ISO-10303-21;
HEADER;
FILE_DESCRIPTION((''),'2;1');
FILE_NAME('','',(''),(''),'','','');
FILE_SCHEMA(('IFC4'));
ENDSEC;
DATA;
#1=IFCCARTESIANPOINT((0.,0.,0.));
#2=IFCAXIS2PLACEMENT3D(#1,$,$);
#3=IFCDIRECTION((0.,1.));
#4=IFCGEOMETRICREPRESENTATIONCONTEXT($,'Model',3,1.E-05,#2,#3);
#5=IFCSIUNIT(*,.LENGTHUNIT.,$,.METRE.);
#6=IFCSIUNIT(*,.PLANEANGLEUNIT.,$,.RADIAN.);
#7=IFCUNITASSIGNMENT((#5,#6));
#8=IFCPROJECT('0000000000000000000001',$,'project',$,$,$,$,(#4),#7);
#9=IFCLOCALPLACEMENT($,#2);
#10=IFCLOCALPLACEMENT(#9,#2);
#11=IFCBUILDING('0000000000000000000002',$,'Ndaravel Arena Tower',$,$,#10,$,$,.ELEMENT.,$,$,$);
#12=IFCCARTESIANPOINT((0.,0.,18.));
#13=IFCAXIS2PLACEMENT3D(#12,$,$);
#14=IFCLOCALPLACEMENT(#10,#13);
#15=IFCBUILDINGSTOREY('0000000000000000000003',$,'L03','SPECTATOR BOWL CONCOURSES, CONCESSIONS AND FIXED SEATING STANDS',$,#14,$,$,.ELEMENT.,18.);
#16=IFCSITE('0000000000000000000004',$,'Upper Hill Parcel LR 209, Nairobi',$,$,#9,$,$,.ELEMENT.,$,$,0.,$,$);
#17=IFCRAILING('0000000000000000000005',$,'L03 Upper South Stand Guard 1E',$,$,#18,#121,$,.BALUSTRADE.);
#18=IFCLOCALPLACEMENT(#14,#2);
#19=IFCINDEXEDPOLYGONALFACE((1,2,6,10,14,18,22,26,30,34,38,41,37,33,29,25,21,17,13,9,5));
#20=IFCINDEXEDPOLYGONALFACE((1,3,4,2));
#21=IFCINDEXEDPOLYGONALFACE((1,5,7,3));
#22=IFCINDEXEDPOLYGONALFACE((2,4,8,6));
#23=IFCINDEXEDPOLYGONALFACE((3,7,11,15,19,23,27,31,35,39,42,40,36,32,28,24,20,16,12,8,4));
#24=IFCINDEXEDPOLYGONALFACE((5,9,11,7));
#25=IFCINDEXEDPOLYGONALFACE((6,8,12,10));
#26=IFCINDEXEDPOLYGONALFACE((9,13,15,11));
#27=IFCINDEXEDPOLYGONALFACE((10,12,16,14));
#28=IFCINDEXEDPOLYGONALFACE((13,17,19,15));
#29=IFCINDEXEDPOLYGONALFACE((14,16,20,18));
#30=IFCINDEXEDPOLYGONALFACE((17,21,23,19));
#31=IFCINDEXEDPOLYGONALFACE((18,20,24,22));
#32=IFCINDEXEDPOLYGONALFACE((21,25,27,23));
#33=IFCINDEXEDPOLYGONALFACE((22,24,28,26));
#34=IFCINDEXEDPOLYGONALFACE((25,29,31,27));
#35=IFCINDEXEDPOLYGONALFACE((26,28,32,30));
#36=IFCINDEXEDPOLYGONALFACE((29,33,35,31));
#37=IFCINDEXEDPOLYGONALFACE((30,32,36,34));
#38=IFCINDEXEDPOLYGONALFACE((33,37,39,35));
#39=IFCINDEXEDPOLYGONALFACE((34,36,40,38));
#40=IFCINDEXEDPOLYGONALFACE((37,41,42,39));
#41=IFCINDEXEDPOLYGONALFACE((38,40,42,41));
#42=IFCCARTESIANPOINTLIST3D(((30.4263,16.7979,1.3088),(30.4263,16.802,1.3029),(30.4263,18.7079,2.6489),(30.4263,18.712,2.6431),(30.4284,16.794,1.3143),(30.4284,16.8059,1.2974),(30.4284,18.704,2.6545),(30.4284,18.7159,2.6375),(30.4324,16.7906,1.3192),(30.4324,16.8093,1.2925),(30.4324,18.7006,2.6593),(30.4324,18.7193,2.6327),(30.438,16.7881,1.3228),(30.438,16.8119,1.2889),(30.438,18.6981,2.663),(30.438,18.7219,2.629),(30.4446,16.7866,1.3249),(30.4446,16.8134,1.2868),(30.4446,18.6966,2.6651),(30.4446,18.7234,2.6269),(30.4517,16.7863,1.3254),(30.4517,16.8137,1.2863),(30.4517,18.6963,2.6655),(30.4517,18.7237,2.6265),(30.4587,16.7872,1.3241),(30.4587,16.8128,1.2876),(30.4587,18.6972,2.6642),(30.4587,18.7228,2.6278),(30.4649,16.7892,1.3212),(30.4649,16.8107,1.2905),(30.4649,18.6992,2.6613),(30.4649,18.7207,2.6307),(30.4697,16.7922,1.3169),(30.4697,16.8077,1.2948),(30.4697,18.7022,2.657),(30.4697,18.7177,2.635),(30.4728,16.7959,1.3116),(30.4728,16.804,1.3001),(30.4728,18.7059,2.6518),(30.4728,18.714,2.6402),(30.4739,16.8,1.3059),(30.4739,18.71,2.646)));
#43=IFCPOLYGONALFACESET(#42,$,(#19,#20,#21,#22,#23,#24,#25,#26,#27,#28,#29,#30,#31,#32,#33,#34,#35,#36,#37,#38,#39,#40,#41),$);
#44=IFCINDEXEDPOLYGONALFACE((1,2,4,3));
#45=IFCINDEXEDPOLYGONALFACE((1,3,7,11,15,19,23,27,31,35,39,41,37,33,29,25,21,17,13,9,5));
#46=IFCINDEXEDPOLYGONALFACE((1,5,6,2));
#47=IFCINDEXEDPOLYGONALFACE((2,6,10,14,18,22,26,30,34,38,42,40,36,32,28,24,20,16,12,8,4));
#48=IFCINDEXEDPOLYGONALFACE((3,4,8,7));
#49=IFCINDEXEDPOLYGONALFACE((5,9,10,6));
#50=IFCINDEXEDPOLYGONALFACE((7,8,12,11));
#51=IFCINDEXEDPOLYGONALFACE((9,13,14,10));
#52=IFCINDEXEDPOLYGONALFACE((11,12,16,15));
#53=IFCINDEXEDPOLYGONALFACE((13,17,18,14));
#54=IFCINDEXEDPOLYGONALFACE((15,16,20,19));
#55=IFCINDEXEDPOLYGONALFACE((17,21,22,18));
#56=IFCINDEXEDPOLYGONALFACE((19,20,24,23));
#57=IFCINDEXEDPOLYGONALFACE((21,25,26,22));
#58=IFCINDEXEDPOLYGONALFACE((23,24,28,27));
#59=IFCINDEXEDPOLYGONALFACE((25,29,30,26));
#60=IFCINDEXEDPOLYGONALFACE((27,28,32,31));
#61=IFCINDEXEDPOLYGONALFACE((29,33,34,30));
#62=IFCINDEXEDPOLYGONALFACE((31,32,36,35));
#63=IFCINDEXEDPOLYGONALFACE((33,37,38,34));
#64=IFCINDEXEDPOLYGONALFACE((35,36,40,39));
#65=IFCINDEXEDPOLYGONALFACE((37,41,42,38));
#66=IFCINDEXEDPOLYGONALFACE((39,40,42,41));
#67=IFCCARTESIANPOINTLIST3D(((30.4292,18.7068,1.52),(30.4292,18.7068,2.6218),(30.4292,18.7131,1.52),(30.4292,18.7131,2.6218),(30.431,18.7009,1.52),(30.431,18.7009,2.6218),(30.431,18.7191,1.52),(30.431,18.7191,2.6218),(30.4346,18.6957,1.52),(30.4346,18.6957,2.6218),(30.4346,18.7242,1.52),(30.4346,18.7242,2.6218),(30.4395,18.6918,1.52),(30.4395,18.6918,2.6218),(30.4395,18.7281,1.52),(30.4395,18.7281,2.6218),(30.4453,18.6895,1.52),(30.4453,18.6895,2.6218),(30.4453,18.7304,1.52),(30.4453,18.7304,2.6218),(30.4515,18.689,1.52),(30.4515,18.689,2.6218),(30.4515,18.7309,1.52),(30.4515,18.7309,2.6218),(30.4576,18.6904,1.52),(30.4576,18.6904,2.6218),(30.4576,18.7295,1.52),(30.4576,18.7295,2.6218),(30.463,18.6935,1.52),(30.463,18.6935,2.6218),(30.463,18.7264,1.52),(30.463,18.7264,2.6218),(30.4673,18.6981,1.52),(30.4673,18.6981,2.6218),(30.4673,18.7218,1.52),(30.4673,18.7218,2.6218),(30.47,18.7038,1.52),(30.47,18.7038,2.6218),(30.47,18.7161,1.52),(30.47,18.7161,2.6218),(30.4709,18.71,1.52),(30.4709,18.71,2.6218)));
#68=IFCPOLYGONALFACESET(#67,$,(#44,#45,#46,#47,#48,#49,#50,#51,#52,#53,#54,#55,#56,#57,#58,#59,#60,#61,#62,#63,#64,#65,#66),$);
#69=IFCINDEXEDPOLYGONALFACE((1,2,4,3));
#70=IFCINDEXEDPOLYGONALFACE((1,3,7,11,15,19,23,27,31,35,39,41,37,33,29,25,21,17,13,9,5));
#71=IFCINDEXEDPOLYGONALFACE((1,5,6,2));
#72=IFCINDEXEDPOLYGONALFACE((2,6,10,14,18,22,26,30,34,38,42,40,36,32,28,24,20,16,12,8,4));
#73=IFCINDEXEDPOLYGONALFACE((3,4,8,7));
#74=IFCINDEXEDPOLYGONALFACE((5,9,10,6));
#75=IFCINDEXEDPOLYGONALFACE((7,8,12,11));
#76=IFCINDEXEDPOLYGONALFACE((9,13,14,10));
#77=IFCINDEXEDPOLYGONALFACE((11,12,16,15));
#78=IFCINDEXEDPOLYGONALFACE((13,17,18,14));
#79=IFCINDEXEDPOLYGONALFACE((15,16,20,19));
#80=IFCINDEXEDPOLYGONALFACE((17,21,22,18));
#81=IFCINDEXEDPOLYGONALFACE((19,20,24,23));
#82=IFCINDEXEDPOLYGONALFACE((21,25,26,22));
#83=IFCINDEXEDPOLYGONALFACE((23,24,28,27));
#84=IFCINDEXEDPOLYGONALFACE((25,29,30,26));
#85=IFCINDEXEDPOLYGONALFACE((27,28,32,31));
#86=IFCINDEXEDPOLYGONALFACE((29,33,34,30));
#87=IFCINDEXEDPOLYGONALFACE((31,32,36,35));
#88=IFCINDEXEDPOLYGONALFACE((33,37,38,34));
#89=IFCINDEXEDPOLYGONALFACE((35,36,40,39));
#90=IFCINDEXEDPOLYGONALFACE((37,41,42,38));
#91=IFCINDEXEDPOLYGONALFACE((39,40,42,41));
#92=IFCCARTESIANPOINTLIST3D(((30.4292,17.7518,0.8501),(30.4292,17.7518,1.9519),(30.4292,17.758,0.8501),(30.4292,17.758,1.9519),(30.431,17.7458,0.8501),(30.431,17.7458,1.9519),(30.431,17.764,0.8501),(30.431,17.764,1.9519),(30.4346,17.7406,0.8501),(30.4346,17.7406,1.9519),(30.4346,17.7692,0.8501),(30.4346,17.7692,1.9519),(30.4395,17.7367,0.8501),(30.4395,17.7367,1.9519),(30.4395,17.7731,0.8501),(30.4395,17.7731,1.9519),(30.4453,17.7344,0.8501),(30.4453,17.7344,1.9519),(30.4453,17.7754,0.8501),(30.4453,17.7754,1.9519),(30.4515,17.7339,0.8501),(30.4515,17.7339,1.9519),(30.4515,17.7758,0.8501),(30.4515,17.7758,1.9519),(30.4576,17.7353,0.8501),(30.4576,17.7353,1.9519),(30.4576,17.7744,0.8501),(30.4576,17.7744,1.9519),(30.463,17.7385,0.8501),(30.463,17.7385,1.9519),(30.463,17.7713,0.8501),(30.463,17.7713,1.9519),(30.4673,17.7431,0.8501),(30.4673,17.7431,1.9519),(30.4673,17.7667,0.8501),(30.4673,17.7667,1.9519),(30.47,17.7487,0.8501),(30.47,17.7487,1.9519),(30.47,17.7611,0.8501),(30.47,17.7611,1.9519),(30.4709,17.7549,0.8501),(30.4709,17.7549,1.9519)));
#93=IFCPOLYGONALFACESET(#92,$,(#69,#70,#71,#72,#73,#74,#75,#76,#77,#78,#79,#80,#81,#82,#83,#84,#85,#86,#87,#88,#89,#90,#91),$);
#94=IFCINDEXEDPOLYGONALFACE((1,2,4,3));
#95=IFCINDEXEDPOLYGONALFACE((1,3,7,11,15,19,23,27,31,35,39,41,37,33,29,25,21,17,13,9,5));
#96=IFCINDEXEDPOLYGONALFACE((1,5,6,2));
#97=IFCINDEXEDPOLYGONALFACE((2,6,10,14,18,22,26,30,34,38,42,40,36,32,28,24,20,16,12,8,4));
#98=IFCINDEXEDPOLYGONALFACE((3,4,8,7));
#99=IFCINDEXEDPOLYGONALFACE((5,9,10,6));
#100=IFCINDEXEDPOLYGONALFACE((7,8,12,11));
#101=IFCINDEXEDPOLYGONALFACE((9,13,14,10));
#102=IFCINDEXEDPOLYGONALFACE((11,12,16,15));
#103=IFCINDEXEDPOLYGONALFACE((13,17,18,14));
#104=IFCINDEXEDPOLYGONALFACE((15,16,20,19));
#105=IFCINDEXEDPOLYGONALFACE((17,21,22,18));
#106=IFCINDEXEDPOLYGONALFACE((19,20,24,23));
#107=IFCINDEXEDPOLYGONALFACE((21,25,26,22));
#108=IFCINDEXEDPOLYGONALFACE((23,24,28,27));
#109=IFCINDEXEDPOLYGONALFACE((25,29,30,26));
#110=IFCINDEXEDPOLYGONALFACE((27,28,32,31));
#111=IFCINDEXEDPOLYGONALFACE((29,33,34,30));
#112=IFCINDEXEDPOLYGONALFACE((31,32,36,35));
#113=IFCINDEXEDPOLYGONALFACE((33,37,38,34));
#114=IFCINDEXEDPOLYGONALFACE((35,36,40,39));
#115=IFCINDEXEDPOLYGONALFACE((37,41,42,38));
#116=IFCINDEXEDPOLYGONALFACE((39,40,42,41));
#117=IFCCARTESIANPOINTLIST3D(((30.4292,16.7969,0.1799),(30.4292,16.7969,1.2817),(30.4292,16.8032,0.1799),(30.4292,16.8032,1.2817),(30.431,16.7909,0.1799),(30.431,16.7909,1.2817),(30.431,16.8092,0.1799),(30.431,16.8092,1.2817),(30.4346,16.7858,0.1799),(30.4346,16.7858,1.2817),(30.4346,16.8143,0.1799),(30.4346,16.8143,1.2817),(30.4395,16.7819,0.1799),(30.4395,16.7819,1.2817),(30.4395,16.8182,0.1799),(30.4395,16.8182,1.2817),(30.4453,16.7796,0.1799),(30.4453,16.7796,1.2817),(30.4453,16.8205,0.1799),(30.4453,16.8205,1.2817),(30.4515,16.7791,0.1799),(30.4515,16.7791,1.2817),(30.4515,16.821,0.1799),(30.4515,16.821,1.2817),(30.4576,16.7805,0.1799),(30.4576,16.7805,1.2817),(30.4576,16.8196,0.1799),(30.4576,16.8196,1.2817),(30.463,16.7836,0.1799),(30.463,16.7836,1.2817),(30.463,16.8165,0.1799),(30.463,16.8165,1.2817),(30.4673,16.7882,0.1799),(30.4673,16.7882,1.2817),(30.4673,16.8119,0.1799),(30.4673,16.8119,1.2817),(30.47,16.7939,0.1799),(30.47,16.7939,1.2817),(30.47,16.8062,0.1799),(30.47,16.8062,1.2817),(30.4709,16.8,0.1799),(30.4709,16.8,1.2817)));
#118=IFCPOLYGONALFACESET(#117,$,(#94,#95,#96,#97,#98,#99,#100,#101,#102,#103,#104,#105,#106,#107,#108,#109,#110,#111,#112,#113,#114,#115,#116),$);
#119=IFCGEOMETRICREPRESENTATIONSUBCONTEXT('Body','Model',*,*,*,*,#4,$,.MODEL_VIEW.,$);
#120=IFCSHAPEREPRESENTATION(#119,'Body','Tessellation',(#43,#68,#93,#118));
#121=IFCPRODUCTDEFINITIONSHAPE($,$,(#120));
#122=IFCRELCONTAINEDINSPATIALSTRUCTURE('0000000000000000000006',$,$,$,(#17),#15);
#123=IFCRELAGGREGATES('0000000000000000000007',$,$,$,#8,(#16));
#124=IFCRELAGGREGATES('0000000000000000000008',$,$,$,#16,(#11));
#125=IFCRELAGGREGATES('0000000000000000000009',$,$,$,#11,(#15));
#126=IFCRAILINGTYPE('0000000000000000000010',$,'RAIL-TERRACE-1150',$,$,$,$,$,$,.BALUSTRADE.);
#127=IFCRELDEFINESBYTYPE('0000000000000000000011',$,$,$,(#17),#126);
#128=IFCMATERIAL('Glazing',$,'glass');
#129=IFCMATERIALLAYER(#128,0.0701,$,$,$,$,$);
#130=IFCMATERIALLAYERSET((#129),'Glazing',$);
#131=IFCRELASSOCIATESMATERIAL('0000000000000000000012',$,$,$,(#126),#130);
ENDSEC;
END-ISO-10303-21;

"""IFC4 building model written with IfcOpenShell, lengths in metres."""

from ifc_helpers import new_model, si_unit, direction, frame, origin, origin_2d, place, context, subcontext, project, spatial, circle, extrude, material, layer, layer_set, type_object, element, save


model = new_model("IFC4")

# Units and contexts
model_context = context("Model", 3, precision=1e-05, world=origin(), true_north=direction((0.0, 1.0)))
body_context = subcontext(model_context, "Body", "Model", "MODEL_VIEW")
ifc_project = project(units=[si_unit("LENGTHUNIT", "METRE"), si_unit("PLANEANGLEUNIT", "RADIAN")], contexts=[model_context])

# Site, building, storey
site_placement = place(None, origin())
site = spatial("IfcSite", under=ifc_project, at=site_placement, Name="Upper Hill Parcel LR 209, Nairobi", CompositionType="ELEMENT", RefElevation=0.0)
building_placement = place(site_placement, origin())
building = spatial("IfcBuilding", under=site, at=building_placement, Name="Ndaravel Arena Tower", CompositionType="ELEMENT")
storey_placement = place(building_placement, frame((0.0, 0.0, 18.0)))
storey = spatial("IfcBuildingStorey", under=building, at=storey_placement, Name="L03", Description="SPECTATOR BOWL CONCOURSES, CONCESSIONS AND FIXED SEATING STANDS", CompositionType="ELEMENT", Elevation=18.0)

# Railing
ifc_material_1 = material(Name="Glazing", Category="glass")
ifc_layer_1 = layer(ifc_material_1, 0.0701)
ifc_layer_set_1 = layer_set([ifc_layer_1], Name="Glazing")
railing_type = type_object("IfcRailingType", Name="RAIL-TERRACE-1150", PredefinedType="BALUSTRADE", material=ifc_layer_set_1)
railing_1_placement = place(storey_placement, frame((30.45, 18.71, 1.52)))
element("IfcRailing", 1, at=railing_1_placement, inside=storey, type_object=railing_type, Name="L03 Upper South Stand Guard 1E", PredefinedType="BALUSTRADE", context=body_context, shape_type="SweptSolid", body=[
    extrude(circle(Radius=0.0239, at=origin_2d()), frame((0.0, 0.0, 1.126), z_axis=(0.0, -0.818597, -0.574368), x_axis=(1.0, 0.0, 0.0)), (0.0, 0.0, 1.0), 2.3333),
    extrude(circle(Radius=0.021, at=origin_2d()), origin(), (0.0, 0.0, 1.0), 1.1018),
    extrude(circle(Radius=0.021, at=origin_2d()), frame((0.0, -0.9551, -0.6699)), (0.0, 0.0, 1.0), 1.1018),
    extrude(circle(Radius=0.021, at=origin_2d()), frame((0.0, -1.9099, -1.3401)), (0.0, 0.0, 1.0), 1.1018),
])

save(model, "model.ifc")
